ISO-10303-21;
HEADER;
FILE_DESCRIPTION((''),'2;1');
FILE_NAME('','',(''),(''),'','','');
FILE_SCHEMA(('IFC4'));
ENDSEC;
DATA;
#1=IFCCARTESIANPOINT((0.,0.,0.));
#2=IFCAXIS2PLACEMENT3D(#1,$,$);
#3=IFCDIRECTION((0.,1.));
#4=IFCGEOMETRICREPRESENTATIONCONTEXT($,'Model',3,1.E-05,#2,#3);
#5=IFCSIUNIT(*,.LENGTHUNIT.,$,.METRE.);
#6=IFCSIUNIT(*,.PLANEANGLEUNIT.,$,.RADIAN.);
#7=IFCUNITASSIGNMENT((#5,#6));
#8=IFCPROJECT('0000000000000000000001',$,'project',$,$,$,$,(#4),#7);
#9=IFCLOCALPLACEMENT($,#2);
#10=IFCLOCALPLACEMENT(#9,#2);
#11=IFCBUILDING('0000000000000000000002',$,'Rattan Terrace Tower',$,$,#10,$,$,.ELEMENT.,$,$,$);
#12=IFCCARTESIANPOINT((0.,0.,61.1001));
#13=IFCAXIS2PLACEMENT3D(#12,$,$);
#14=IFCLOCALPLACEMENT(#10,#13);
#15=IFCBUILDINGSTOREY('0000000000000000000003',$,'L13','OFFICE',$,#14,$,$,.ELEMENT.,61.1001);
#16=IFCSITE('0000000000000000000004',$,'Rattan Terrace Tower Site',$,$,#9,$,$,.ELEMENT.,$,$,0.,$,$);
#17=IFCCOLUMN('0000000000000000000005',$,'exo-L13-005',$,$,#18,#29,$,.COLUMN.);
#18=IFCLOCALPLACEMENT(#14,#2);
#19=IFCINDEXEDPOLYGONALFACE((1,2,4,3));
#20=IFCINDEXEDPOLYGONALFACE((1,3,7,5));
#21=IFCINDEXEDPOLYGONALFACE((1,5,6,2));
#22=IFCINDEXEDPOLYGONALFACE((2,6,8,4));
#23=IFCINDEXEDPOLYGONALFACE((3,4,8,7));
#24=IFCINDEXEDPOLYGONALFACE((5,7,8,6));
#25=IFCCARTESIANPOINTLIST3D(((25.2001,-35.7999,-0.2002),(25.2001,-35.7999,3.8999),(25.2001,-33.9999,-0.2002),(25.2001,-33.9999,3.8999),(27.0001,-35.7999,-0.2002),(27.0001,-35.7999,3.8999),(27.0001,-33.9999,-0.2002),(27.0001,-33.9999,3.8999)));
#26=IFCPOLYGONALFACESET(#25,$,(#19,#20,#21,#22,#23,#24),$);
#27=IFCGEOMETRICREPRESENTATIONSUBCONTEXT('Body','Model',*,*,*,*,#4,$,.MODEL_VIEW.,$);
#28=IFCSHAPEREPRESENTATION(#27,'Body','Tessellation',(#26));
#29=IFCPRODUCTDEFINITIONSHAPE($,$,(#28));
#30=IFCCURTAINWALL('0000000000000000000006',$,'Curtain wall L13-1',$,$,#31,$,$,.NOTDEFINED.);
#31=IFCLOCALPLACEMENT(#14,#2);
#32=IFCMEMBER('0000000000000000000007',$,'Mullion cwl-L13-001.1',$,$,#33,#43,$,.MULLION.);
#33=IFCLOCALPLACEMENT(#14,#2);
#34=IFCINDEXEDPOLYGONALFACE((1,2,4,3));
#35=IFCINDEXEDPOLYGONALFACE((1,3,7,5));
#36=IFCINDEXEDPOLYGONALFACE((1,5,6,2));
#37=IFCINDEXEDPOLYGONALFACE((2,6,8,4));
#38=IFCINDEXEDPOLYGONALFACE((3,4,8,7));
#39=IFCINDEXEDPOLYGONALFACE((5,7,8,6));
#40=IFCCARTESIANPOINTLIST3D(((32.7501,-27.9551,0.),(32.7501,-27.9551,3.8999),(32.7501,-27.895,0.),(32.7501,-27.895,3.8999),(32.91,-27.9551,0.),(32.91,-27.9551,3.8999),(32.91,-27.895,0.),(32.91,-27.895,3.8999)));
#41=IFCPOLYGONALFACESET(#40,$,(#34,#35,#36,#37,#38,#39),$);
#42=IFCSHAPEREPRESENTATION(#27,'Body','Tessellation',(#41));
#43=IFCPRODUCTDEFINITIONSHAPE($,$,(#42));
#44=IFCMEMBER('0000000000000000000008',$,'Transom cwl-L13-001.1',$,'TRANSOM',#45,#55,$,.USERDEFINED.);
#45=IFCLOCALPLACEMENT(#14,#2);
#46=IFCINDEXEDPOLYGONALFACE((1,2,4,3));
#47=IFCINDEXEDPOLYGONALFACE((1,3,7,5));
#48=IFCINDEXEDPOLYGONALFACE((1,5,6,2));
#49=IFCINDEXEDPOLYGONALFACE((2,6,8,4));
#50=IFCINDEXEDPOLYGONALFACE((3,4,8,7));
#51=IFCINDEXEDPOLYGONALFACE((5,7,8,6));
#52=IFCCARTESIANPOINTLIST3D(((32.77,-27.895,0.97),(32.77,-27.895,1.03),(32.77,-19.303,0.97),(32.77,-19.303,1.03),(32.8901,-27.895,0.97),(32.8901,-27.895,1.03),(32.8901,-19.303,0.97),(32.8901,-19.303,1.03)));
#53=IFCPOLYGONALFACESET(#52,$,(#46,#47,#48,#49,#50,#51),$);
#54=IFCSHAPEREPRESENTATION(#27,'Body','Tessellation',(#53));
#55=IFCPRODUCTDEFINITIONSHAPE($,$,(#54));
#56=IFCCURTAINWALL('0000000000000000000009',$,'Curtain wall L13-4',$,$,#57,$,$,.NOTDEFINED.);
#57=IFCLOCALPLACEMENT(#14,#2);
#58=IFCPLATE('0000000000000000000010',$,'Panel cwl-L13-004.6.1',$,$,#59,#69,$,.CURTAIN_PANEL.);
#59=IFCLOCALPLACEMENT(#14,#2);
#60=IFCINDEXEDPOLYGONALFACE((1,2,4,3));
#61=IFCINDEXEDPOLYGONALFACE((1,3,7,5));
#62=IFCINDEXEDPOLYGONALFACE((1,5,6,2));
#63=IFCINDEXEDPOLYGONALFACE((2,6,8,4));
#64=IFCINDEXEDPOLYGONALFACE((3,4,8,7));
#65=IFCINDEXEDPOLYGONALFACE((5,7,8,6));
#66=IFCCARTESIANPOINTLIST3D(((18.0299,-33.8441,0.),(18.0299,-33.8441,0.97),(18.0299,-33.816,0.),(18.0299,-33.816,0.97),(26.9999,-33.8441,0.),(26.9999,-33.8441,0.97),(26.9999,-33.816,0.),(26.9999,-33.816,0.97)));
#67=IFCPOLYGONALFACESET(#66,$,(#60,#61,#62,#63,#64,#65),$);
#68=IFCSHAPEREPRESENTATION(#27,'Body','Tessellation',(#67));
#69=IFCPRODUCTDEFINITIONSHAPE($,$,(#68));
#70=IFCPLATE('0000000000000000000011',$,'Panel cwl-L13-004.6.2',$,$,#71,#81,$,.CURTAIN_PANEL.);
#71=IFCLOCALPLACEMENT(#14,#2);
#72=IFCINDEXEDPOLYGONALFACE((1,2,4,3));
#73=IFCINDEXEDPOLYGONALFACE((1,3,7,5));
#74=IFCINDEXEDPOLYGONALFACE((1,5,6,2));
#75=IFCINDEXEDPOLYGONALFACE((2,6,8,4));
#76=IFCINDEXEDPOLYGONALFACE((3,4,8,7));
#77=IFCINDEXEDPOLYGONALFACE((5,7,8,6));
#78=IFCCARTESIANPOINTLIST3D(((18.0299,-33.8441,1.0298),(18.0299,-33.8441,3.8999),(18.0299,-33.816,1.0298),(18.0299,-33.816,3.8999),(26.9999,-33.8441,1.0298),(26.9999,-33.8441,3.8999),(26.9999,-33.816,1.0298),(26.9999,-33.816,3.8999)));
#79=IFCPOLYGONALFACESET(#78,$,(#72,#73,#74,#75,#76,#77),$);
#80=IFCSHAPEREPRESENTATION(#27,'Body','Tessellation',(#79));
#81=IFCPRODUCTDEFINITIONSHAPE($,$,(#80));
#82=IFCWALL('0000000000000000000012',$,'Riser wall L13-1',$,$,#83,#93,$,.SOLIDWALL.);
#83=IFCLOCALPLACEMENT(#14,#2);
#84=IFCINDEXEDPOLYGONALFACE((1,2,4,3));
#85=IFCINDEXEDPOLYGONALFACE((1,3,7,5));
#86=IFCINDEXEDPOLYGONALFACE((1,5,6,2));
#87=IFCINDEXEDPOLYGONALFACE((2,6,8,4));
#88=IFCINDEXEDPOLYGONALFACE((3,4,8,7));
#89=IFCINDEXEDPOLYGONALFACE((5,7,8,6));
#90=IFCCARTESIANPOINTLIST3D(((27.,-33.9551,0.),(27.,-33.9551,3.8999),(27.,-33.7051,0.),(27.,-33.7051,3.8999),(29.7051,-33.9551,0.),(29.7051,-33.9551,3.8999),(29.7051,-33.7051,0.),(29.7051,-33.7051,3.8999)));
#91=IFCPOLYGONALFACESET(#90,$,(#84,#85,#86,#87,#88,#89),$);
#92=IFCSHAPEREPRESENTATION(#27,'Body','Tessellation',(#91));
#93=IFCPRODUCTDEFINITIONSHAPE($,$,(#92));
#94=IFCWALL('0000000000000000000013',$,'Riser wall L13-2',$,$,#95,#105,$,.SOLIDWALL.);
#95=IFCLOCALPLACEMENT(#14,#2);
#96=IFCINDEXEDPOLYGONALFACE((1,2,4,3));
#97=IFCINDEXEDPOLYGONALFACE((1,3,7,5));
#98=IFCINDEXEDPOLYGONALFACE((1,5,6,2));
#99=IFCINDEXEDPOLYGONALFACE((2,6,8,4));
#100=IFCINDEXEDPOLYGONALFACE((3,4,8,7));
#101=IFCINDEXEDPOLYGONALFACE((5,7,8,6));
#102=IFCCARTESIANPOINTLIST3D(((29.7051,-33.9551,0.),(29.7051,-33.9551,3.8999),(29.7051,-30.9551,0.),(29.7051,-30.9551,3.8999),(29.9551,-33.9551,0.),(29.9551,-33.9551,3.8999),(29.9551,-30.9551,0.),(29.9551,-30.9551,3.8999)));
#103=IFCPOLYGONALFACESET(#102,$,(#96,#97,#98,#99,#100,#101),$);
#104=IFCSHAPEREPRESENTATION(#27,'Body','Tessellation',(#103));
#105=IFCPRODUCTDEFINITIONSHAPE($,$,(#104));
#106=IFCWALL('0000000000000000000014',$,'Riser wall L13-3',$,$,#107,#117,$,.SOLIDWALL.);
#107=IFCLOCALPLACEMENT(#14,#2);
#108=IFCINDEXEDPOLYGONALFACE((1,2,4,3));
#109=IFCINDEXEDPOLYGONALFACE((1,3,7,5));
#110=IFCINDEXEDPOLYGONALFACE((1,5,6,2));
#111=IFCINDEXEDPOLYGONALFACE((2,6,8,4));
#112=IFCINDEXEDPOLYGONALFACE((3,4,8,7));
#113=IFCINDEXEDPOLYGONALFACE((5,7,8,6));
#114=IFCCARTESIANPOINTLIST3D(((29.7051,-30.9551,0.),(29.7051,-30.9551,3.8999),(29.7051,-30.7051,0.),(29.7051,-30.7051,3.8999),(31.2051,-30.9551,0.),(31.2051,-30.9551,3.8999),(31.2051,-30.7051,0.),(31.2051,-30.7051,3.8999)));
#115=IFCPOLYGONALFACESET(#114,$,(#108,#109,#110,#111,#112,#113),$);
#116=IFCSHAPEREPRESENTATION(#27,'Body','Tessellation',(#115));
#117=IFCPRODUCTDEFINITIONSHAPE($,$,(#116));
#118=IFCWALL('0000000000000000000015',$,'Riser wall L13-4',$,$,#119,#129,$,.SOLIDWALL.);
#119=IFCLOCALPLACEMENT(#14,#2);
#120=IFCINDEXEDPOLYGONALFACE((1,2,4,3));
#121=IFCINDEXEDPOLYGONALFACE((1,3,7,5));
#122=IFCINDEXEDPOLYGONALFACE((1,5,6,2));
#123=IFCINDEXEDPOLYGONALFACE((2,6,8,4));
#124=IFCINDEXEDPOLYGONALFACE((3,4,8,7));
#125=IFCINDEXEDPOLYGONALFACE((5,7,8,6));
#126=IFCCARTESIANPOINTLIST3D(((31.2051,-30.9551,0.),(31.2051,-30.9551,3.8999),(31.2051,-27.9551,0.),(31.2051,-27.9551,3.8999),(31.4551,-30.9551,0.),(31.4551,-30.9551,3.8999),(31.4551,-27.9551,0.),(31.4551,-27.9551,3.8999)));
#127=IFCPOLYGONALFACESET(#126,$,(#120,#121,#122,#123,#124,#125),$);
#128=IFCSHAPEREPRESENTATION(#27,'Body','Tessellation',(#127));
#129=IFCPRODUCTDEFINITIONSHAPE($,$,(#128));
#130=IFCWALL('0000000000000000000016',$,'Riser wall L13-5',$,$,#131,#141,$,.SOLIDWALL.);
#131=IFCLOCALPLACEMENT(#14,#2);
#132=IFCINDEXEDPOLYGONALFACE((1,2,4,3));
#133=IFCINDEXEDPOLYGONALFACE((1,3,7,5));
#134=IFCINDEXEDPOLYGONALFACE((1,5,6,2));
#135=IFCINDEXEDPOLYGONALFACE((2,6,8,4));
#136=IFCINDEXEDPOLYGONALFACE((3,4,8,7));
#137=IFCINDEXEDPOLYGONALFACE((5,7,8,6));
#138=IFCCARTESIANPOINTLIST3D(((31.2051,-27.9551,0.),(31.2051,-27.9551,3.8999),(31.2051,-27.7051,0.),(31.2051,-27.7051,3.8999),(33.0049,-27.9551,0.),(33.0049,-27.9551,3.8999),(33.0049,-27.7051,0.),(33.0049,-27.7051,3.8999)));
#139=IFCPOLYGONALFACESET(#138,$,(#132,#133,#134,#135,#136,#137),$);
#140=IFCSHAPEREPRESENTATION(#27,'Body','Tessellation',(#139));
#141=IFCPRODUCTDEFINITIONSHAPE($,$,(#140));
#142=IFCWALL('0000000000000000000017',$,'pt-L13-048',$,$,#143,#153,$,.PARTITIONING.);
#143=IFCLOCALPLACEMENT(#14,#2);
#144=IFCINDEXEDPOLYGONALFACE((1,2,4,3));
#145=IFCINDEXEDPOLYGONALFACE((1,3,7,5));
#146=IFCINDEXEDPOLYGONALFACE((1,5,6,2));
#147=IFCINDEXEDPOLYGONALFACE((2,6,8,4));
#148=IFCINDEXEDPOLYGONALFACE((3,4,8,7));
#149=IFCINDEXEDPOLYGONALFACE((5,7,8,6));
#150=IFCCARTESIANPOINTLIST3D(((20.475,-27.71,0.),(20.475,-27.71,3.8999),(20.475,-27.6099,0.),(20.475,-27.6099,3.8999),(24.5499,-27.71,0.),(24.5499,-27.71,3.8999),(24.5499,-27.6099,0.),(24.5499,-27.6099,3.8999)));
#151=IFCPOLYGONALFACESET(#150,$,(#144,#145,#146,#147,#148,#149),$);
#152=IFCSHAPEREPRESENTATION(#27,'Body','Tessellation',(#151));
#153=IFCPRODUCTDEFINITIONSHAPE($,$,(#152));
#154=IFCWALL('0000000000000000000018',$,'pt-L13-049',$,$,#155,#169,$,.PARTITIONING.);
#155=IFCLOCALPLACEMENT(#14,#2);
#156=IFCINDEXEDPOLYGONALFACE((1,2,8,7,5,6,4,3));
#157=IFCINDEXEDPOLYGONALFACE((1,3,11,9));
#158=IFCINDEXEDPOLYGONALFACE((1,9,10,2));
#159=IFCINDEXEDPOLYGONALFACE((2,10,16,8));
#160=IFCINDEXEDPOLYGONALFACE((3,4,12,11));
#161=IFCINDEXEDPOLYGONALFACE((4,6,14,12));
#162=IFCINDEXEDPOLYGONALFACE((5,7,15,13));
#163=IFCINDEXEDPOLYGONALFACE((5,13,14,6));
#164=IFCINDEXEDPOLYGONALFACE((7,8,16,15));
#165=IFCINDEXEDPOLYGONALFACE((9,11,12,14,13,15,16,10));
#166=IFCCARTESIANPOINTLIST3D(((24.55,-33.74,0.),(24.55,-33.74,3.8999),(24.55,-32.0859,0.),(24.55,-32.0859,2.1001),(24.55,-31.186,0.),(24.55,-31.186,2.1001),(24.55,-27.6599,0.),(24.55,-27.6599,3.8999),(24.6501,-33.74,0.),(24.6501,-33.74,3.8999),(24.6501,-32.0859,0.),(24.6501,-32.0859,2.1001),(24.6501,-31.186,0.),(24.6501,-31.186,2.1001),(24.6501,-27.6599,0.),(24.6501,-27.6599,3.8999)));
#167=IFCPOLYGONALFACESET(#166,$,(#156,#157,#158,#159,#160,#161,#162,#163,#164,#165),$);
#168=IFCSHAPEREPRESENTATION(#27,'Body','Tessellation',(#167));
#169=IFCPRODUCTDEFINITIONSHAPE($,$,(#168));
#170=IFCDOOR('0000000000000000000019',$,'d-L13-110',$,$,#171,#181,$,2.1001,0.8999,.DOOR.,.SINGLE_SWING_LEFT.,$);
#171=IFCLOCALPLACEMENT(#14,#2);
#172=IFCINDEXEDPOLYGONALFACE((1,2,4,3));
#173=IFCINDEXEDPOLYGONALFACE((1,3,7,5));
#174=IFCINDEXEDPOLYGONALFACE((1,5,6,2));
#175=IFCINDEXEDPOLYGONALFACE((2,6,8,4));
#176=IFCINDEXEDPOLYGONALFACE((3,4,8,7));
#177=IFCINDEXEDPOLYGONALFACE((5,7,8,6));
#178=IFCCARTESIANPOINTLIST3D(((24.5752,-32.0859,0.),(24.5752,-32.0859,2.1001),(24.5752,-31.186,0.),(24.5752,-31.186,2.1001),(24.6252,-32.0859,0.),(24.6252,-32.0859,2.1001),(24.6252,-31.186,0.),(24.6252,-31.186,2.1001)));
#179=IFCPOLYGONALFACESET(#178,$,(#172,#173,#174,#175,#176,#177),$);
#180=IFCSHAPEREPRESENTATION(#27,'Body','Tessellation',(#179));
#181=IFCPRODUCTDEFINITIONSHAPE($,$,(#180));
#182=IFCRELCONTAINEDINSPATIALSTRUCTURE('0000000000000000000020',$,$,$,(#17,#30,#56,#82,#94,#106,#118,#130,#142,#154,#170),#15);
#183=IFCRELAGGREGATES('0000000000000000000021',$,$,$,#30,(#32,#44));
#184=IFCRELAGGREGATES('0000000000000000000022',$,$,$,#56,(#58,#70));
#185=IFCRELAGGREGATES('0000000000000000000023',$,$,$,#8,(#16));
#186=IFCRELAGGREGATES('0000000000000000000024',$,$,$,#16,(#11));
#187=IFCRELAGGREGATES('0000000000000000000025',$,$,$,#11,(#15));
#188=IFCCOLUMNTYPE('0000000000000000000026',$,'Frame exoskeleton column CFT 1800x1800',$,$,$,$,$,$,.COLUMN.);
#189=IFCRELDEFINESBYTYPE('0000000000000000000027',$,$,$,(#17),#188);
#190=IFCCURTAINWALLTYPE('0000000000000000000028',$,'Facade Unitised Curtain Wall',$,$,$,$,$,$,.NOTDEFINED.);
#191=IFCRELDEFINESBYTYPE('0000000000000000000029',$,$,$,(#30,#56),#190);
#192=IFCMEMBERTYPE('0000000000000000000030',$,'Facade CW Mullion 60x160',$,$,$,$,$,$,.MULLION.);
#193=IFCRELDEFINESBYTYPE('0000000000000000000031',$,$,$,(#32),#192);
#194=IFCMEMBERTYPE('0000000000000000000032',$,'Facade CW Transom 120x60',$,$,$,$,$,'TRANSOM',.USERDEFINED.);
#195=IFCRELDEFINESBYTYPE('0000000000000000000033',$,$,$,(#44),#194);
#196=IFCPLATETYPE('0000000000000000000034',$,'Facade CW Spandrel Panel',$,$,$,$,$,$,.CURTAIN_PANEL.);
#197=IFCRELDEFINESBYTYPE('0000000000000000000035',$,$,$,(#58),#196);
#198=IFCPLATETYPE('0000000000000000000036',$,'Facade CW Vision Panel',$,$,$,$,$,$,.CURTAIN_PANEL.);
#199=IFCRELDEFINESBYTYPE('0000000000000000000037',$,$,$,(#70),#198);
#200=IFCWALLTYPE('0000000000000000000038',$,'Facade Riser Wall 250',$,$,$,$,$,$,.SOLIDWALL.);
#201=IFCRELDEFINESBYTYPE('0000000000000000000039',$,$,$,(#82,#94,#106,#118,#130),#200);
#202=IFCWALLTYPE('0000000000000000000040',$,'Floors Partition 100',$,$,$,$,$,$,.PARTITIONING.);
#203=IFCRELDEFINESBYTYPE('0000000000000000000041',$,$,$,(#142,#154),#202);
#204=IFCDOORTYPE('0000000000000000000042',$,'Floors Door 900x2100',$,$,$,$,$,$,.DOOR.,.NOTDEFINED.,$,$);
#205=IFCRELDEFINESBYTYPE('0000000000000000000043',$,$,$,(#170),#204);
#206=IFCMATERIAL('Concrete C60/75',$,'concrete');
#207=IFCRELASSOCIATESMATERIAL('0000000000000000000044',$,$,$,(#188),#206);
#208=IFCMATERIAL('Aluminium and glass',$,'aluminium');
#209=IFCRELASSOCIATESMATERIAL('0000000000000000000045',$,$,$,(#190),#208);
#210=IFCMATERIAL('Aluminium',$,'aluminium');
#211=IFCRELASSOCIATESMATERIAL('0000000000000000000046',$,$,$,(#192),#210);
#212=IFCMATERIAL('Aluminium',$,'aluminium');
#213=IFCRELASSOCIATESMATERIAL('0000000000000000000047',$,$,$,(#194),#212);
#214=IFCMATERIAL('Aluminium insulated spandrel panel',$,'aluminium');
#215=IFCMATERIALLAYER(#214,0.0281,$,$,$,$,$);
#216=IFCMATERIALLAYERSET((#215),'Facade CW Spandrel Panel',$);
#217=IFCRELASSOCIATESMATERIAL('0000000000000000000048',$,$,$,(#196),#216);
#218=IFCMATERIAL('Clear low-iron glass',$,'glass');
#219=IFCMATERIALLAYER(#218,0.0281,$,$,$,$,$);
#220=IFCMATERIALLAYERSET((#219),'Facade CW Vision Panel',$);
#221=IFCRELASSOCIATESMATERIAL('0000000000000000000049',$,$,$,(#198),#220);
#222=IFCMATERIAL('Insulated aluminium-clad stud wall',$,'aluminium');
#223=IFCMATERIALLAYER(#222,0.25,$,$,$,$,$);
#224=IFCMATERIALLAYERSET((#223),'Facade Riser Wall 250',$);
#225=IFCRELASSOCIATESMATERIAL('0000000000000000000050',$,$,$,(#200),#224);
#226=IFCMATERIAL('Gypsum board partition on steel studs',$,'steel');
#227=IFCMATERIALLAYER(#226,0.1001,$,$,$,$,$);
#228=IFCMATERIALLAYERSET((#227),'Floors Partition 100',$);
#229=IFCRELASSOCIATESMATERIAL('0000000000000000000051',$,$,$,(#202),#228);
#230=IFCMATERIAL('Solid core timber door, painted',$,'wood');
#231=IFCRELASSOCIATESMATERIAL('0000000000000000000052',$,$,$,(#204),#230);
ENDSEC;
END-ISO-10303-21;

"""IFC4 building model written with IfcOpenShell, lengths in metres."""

from ifc_helpers import new_model, si_unit, direction, frame, frame_2d, origin, origin_2d, place, context, subcontext, project, spatial, rectangle, extrude, material, layer, layer_set, material_profile, profile_set, type_object, element, fill, aggregate, save


model = new_model("IFC4")

# Units and contexts
model_context = context("Model", 3, precision=1e-05, world=origin(), true_north=direction((0.0, 1.0)))
body_context = subcontext(model_context, "Body", "Model", "MODEL_VIEW")
ifc_project = project(units=[si_unit("LENGTHUNIT", "METRE"), si_unit("PLANEANGLEUNIT", "RADIAN")], contexts=[model_context])

# Site, building, storey
site_placement = place(None, origin())
site = spatial("IfcSite", under=ifc_project, at=site_placement, Name="Rattan Terrace Tower Site", CompositionType="ELEMENT", RefElevation=0.0)
building_placement = place(site_placement, origin())
building = spatial("IfcBuilding", under=site, at=building_placement, Name="Rattan Terrace Tower", CompositionType="ELEMENT")
storey_placement = place(building_placement, frame((0.0, 0.0, 61.1001)))
storey = spatial("IfcBuildingStorey", under=building, at=storey_placement, Name="L13", Description="OFFICE", CompositionType="ELEMENT", Elevation=61.1001)

# Column
ifc_material_1 = material(Name="Concrete C60/75", Category="concrete")
ifc_material_profile_1 = material_profile(ifc_material_1, rectangle(XDim=1.8, YDim=1.8, at=origin_2d()), Name="CFT 1800x1800")
ifc_profile_set_1 = profile_set([ifc_material_profile_1], Name="Concrete C60/75")
column_type = type_object("IfcColumnType", Name="Frame exoskeleton column CFT 1800x1800", PredefinedType="COLUMN", material=ifc_profile_set_1)
column_placement = place(storey_placement, frame((26.1001, -34.8999, -0.2002), z_axis=(0.0, 0.0, 1.0), x_axis=(1.0, 0.0, 0.0)))
element("IfcColumn", 1, at=column_placement, inside=storey, type_object=column_type, Name="exo-L13-005", PredefinedType="COLUMN", context=body_context, shape_type="SweptSolid", body=[
    extrude(rectangle(XDim=1.8, YDim=1.8, at=origin_2d()), origin(), (0.0, 0.0, 1.0), 4.1001),
])

# Curtain wall, members
ifc_material_2 = material(Name="Aluminium and glass", Category="aluminium")
curtain_wall_type = type_object("IfcCurtainWallType", Name="Facade Unitised Curtain Wall", PredefinedType="NOTDEFINED", material=ifc_material_2)
curtain_wall_1_placement = place(storey_placement, origin())
curtain_wall_1 = element("IfcCurtainWall", 2, at=curtain_wall_1_placement, inside=storey, type_object=curtain_wall_type, Name="Curtain wall L13-1", PredefinedType="NOTDEFINED")
ifc_material_3 = material(Name="Aluminium", Category="aluminium")
ifc_material_profile_2 = material_profile(ifc_material_3, rectangle(XDim=0.0601, YDim=0.1599, at=origin_2d()), Name="Aluminium 60x160")
ifc_profile_set_2 = profile_set([ifc_material_profile_2], Name="Aluminium")
member_type_1 = type_object("IfcMemberType", Name="Facade CW Mullion 60x160", PredefinedType="MULLION", material=ifc_profile_set_2)
member_1_placement = place(storey_placement, frame((32.8301, -27.925, 0.0), z_axis=(0.0, 0.0, 1.0), x_axis=(0.0, 1.0, 0.0)))
member_1 = element("IfcMember", 3, at=member_1_placement, type_object=member_type_1, Name="Mullion cwl-L13-001.1", PredefinedType="MULLION", context=body_context, shape_type="SweptSolid", body=[
    extrude(rectangle(XDim=0.0601, YDim=0.1599, at=origin_2d()), origin(), (0.0, 0.0, 1.0), 3.8999),
])
ifc_material_4 = material(Name="Aluminium", Category="aluminium")
ifc_material_profile_3 = material_profile(ifc_material_4, rectangle(XDim=0.1201, YDim=0.0601, at=origin_2d()), Name="Aluminium 120x60")
ifc_profile_set_3 = profile_set([ifc_material_profile_3], Name="Aluminium")
member_type_2 = type_object("IfcMemberType", Name="Facade CW Transom 120x60", ElementType="TRANSOM", PredefinedType="USERDEFINED", material=ifc_profile_set_3)
member_2_placement = place(storey_placement, frame((32.8301, -27.895, 1.0), z_axis=(0.0, 1.0, 0.0), x_axis=(-1.0, 0.0, 0.0)))
member_2 = element("IfcMember", 4, at=member_2_placement, type_object=member_type_2, Name="Transom cwl-L13-001.1", ObjectType="TRANSOM", PredefinedType="USERDEFINED", context=body_context, shape_type="SweptSolid", body=[
    extrude(rectangle(XDim=0.1201, YDim=0.0601, at=origin_2d()), origin(), (0.0, 0.0, 1.0), 8.592),
])
aggregate(curtain_wall_1, [member_1, member_2])

# Curtain wall, plates
curtain_wall_2_placement = place(storey_placement, origin())
curtain_wall_2 = element("IfcCurtainWall", 5, at=curtain_wall_2_placement, inside=storey, type_object=curtain_wall_type, Name="Curtain wall L13-4", PredefinedType="NOTDEFINED")
ifc_material_5 = material(Name="Aluminium insulated spandrel panel", Category="aluminium")
ifc_layer_1 = layer(ifc_material_5, 0.0281)
ifc_layer_set_1 = layer_set([ifc_layer_1], Name="Facade CW Spandrel Panel")
plate_type_1 = type_object("IfcPlateType", Name="Facade CW Spandrel Panel", PredefinedType="CURTAIN_PANEL", material=ifc_layer_set_1)
plate_1_placement = place(storey_placement, frame((22.5149, -33.8301, 0.0), z_axis=(0.0, 0.0, 1.0), x_axis=(1.0, 0.0, 0.0)))
plate_1 = element("IfcPlate", 6, at=plate_1_placement, type_object=plate_type_1, Name="Panel cwl-L13-004.6.1", PredefinedType="CURTAIN_PANEL", context=body_context, shape_type="SweptSolid", body=[
    extrude(rectangle(XDim=8.97, YDim=0.0281, at=origin_2d()), origin(), (0.0, 0.0, 1.0), 0.97),
])
ifc_material_6 = material(Name="Clear low-iron glass", Category="glass")
ifc_layer_2 = layer(ifc_material_6, 0.0281)
ifc_layer_set_2 = layer_set([ifc_layer_2], Name="Facade CW Vision Panel")
plate_type_2 = type_object("IfcPlateType", Name="Facade CW Vision Panel", PredefinedType="CURTAIN_PANEL", material=ifc_layer_set_2)
plate_2_placement = place(storey_placement, frame((22.5149, -33.8301, 1.0298), z_axis=(0.0, 0.0, 1.0), x_axis=(1.0, 0.0, 0.0)))
plate_2 = element("IfcPlate", 7, at=plate_2_placement, type_object=plate_type_2, Name="Panel cwl-L13-004.6.2", PredefinedType="CURTAIN_PANEL", context=body_context, shape_type="SweptSolid", body=[
    extrude(rectangle(XDim=8.97, YDim=0.0281, at=origin_2d()), origin(), (0.0, 0.0, 1.0), 2.8701),
])
aggregate(curtain_wall_2, [plate_1, plate_2])

# Walls
ifc_material_7 = material(Name="Insulated aluminium-clad stud wall", Category="aluminium")
ifc_layer_3 = layer(ifc_material_7, 0.25)
ifc_layer_set_3 = layer_set([ifc_layer_3], Name="Facade Riser Wall 250")
wall_type_1 = type_object("IfcWallType", Name="Facade Riser Wall 250", PredefinedType="SOLIDWALL", material=ifc_layer_set_3)
wall_1_placement = place(storey_placement, frame((27.0, -33.8301, 0.0), z_axis=(0.0, 0.0, 1.0), x_axis=(1.0, 0.0, 0.0)))
element("IfcWall", 8, at=wall_1_placement, inside=storey, type_object=wall_type_1, Name="Riser wall L13-1", PredefinedType="SOLIDWALL", context=body_context, shape_type="SweptSolid", body=[
    extrude(rectangle(XDim=2.7051, YDim=0.25, at=frame_2d((1.3525, 0.0))), origin(), (0.0, 0.0, 1.0), 3.8999),
])
wall_2_placement = place(storey_placement, frame((29.8301, -33.9551, 0.0), z_axis=(0.0, 0.0, 1.0), x_axis=(0.0, 1.0, 0.0)))
element("IfcWall", 9, at=wall_2_placement, inside=storey, type_object=wall_type_1, Name="Riser wall L13-2", PredefinedType="SOLIDWALL", context=body_context, shape_type="SweptSolid", body=[
    extrude(rectangle(XDim=3.0, YDim=0.25, at=frame_2d((1.5, 0.0))), origin(), (0.0, 0.0, 1.0), 3.8999),
])
wall_3_placement = place(storey_placement, frame((29.7051, -30.8301, 0.0), z_axis=(0.0, 0.0, 1.0), x_axis=(1.0, 0.0, 0.0)))
element("IfcWall", 10, at=wall_3_placement, inside=storey, type_object=wall_type_1, Name="Riser wall L13-3", PredefinedType="SOLIDWALL", context=body_context, shape_type="SweptSolid", body=[
    extrude(rectangle(XDim=1.5, YDim=0.25, at=frame_2d((0.75, 0.0))), origin(), (0.0, 0.0, 1.0), 3.8999),
])
wall_4_placement = place(storey_placement, frame((31.3301, -30.9551, 0.0), z_axis=(0.0, 0.0, 1.0), x_axis=(0.0, 1.0, 0.0)))
element("IfcWall", 11, at=wall_4_placement, inside=storey, type_object=wall_type_1, Name="Riser wall L13-4", PredefinedType="SOLIDWALL", context=body_context, shape_type="SweptSolid", body=[
    extrude(rectangle(XDim=3.0, YDim=0.25, at=frame_2d((1.5, 0.0))), origin(), (0.0, 0.0, 1.0), 3.8999),
])
wall_5_placement = place(storey_placement, frame((31.2051, -27.8301, 0.0), z_axis=(0.0, 0.0, 1.0), x_axis=(1.0, 0.0, 0.0)))
element("IfcWall", 12, at=wall_5_placement, inside=storey, type_object=wall_type_1, Name="Riser wall L13-5", PredefinedType="SOLIDWALL", context=body_context, shape_type="SweptSolid", body=[
    extrude(rectangle(XDim=1.7998, YDim=0.25, at=frame_2d((0.8999, 0.0))), origin(), (0.0, 0.0, 1.0), 3.8999),
])
ifc_material_8 = material(Name="Gypsum board partition on steel studs", Category="steel")
ifc_layer_4 = layer(ifc_material_8, 0.1001)
ifc_layer_set_4 = layer_set([ifc_layer_4], Name="Floors Partition 100")
wall_type_2 = type_object("IfcWallType", Name="Floors Partition 100", PredefinedType="PARTITIONING", material=ifc_layer_set_4)
wall_6_placement = place(storey_placement, frame((24.55, -27.6599, 0.0), z_axis=(0.0, 0.0, 1.0), x_axis=(-1.0, 0.0, 0.0)))
element("IfcWall", 13, at=wall_6_placement, inside=storey, type_object=wall_type_2, Name="pt-L13-048", PredefinedType="PARTITIONING", context=body_context, shape_type="SweptSolid", body=[
    extrude(rectangle(XDim=4.075, YDim=0.1001, at=frame_2d((2.0376, 0.0))), origin(), (0.0, 0.0, 1.0), 3.8999),
])

# Wall, opening, door
wall_7_placement = place(storey_placement, frame((24.6001, -33.74, 0.0), z_axis=(0.0, 0.0, 1.0), x_axis=(0.0, 1.0, 0.0)))
wall_7 = element("IfcWall", 14, at=wall_7_placement, inside=storey, type_object=wall_type_2, Name="pt-L13-049", PredefinedType="PARTITIONING", context=body_context, shape_type="SweptSolid", body=[
    extrude(rectangle(XDim=6.0801, YDim=0.1001, at=frame_2d((3.04, 0.0))), origin(), (0.0, 0.0, 1.0), 3.8999),
])
opening_placement = place(wall_7_placement, frame((1.6541, 0.0, 0.0)))
opening = element("IfcOpeningElement", 15, at=opening_placement, cuts=wall_7, PredefinedType="OPENING", context=body_context, shape_type="SweptSolid", body=[
    extrude(rectangle(XDim=0.8999, YDim=2.1001, at=frame_2d((0.45, 1.05))), frame((0.0, 0.0605, 0.0), z_axis=(0.0, -1.0, 0.0), x_axis=(1.0, 0.0, 0.0)), (0.0, 0.0, 1.0), 0.1211),
])
ifc_material_9 = material(Name="Solid core timber door, painted", Category="wood")
door_type = type_object("IfcDoorType", Name="Floors Door 900x2100", OperationType="NOTDEFINED", PredefinedType="DOOR", material=ifc_material_9)
door_placement = place(opening_placement, origin())
door = element("IfcDoor", 16, at=door_placement, inside=storey, type_object=door_type, Name="d-L13-110", OperationType="SINGLE_SWING_LEFT", OverallHeight=2.1001, OverallWidth=0.8999, PredefinedType="DOOR", context=body_context, shape_type="SweptSolid", body=[
    extrude(rectangle(XDim=0.8999, YDim=2.1001, at=frame_2d((0.45, 1.05))), frame((0.0, 0.0249, 0.0), z_axis=(0.0, -1.0, 0.0), x_axis=(1.0, 0.0, 0.0)), (0.0, 0.0, 1.0), 0.05),
])
fill(opening, door)

save(model, "model.ifc")
